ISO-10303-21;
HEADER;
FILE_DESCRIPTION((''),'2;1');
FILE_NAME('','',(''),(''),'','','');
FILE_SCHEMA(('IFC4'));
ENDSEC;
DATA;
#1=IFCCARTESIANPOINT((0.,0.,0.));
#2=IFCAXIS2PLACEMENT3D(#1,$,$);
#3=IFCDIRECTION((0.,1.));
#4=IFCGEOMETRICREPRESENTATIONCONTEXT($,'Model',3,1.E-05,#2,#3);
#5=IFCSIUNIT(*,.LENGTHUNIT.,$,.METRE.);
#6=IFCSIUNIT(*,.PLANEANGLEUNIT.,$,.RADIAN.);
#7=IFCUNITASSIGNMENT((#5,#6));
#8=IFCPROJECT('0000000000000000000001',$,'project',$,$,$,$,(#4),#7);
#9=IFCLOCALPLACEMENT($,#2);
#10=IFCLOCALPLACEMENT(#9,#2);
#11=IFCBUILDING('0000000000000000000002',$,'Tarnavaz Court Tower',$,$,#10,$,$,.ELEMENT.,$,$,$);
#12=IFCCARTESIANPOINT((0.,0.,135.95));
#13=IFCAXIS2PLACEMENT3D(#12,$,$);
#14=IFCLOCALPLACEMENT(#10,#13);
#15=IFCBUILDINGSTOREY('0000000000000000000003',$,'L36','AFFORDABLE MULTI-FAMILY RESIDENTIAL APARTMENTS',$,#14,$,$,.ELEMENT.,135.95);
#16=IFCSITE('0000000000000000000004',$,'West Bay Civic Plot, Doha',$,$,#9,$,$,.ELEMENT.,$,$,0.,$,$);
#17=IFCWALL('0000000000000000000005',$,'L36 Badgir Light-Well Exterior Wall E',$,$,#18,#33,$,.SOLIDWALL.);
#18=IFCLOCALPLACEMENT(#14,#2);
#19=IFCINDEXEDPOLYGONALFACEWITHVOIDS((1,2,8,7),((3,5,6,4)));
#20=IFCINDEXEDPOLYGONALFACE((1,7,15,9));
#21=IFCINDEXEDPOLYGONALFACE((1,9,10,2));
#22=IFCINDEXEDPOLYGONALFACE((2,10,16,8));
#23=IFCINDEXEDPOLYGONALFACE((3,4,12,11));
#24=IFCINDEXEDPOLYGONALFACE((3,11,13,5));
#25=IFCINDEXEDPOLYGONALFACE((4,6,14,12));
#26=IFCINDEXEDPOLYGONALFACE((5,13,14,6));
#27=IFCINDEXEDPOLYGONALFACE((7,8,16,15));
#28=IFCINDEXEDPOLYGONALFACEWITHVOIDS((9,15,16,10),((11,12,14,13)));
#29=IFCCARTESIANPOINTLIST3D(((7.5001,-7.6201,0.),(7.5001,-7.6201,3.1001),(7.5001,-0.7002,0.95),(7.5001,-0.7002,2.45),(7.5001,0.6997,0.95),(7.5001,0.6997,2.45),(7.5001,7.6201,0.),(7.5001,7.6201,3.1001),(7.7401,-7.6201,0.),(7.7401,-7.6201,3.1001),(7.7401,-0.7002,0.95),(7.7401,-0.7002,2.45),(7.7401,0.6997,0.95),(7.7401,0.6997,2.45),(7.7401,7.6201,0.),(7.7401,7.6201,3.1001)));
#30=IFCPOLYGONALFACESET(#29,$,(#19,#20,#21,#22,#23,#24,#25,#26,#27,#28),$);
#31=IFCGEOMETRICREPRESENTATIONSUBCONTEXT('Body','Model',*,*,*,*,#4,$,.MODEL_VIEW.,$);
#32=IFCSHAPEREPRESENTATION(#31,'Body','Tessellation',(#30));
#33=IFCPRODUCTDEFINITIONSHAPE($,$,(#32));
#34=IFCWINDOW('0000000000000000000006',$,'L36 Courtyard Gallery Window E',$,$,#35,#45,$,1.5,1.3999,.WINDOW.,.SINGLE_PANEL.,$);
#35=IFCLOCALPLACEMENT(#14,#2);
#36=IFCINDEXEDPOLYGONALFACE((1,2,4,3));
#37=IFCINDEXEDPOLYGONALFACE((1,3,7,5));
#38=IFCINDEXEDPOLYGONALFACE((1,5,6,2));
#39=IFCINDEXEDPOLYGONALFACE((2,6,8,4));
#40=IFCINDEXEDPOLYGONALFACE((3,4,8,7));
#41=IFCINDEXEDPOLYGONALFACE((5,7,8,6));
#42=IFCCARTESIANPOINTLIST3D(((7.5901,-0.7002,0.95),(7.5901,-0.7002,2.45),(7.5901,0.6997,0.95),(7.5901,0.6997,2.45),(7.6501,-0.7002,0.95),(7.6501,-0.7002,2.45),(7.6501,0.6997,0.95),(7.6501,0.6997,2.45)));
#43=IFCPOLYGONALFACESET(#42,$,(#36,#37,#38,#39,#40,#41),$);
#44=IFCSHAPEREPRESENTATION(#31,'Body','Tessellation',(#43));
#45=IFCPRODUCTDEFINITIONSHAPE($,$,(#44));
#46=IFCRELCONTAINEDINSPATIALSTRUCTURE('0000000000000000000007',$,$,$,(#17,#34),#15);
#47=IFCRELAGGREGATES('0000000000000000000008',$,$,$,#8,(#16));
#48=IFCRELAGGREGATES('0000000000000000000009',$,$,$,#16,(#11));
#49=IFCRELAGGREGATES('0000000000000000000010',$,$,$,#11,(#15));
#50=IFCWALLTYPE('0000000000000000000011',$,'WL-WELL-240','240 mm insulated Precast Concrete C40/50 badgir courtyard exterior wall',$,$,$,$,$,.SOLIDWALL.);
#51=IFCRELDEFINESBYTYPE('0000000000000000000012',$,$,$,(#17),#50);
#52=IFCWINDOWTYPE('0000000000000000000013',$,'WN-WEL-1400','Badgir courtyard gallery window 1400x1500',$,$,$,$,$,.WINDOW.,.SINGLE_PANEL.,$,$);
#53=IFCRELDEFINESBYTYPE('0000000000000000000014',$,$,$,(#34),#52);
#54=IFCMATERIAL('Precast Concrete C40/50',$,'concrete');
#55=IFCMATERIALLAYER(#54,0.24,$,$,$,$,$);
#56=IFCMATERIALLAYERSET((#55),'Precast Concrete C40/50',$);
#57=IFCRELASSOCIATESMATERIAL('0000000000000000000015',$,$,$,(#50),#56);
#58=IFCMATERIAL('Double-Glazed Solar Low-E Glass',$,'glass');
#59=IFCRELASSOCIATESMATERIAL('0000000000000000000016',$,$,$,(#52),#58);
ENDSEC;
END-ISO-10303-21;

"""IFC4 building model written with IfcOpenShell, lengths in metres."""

from ifc_helpers import new_model, si_unit, direction, frame, frame_2d, origin, place, context, subcontext, project, spatial, rectangle, extrude, material, layer, layer_set, type_object, element, fill, save


model = new_model("IFC4")

# Units and contexts
model_context = context("Model", 3, precision=1e-05, world=origin(), true_north=direction((0.0, 1.0)))
body_context = subcontext(model_context, "Body", "Model", "MODEL_VIEW")
ifc_project = project(units=[si_unit("LENGTHUNIT", "METRE"), si_unit("PLANEANGLEUNIT", "RADIAN")], contexts=[model_context])

# Site, building, storey
site_placement = place(None, origin())
site = spatial("IfcSite", under=ifc_project, at=site_placement, Name="West Bay Civic Plot, Doha", CompositionType="ELEMENT", RefElevation=0.0)
building_placement = place(site_placement, origin())
building = spatial("IfcBuilding", under=site, at=building_placement, Name="Tarnavaz Court Tower", CompositionType="ELEMENT")
storey_placement = place(building_placement, frame((0.0, 0.0, 135.95)))
storey = spatial("IfcBuildingStorey", under=building, at=storey_placement, Name="L36", Description="AFFORDABLE MULTI-FAMILY RESIDENTIAL APARTMENTS", CompositionType="ELEMENT", Elevation=135.95)

# Wall, opening, window
ifc_material_1 = material(Name="Precast Concrete C40/50", Category="concrete")
ifc_layer_1 = layer(ifc_material_1, 0.24)
ifc_layer_set_1 = layer_set([ifc_layer_1], Name="Precast Concrete C40/50")
wall_type_1 = type_object("IfcWallType", Name="WL-WELL-240", Description="240 mm insulated Precast Concrete C40/50 badgir courtyard exterior wall", PredefinedType="SOLIDWALL", material=ifc_layer_set_1)
wall_1_placement = place(storey_placement, frame((7.6201, -7.6201, 0.0), z_axis=(0.0, 0.0, 1.0), x_axis=(0.0, 1.0, 0.0)))
wall_1 = element("IfcWall", 1, at=wall_1_placement, inside=storey, type_object=wall_type_1, Name="L36 Badgir Light-Well Exterior Wall E", PredefinedType="SOLIDWALL", context=body_context, shape_type="SweptSolid", body=[
    extrude(rectangle(XDim=15.2402, YDim=0.24, at=frame_2d((7.6201, 0.0))), origin(), (0.0, 0.0, 1.0), 3.1001),
])
opening_1_placement = place(wall_1_placement, frame((6.9199, 0.0, 0.95)))
opening_1 = element("IfcOpeningElement", 2, at=opening_1_placement, cuts=wall_1, PredefinedType="OPENING", context=body_context, shape_type="SweptSolid", body=[
    extrude(rectangle(XDim=1.3999, YDim=1.5, at=frame_2d((0.7, 0.75))), frame((0.0, 0.1299, 0.0), z_axis=(0.0, -1.0, 0.0), x_axis=(1.0, 0.0, 0.0)), (0.0, 0.0, 1.0), 0.26),
])
ifc_material_2 = material(Name="Double-Glazed Solar Low-E Glass", Category="glass")
window_type = type_object("IfcWindowType", Name="WN-WEL-1400", Description="Badgir courtyard gallery window 1400x1500", PartitioningType="SINGLE_PANEL", PredefinedType="WINDOW", material=ifc_material_2)
window_placement = place(opening_1_placement, origin())
window = element("IfcWindow", 3, at=window_placement, inside=storey, type_object=window_type, Name="L36 Courtyard Gallery Window E", OverallHeight=1.5, OverallWidth=1.3999, PartitioningType="SINGLE_PANEL", PredefinedType="WINDOW", context=body_context, shape_type="SweptSolid", body=[
    extrude(rectangle(XDim=1.3999, YDim=1.5, at=frame_2d((0.7, 0.75))), frame((0.0, 0.03, 0.0), z_axis=(0.0, -1.0, 0.0), x_axis=(1.0, 0.0, 0.0)), (0.0, 0.0, 1.0), 0.0601),
])
fill(opening_1, window)

save(model, "model.ifc")
